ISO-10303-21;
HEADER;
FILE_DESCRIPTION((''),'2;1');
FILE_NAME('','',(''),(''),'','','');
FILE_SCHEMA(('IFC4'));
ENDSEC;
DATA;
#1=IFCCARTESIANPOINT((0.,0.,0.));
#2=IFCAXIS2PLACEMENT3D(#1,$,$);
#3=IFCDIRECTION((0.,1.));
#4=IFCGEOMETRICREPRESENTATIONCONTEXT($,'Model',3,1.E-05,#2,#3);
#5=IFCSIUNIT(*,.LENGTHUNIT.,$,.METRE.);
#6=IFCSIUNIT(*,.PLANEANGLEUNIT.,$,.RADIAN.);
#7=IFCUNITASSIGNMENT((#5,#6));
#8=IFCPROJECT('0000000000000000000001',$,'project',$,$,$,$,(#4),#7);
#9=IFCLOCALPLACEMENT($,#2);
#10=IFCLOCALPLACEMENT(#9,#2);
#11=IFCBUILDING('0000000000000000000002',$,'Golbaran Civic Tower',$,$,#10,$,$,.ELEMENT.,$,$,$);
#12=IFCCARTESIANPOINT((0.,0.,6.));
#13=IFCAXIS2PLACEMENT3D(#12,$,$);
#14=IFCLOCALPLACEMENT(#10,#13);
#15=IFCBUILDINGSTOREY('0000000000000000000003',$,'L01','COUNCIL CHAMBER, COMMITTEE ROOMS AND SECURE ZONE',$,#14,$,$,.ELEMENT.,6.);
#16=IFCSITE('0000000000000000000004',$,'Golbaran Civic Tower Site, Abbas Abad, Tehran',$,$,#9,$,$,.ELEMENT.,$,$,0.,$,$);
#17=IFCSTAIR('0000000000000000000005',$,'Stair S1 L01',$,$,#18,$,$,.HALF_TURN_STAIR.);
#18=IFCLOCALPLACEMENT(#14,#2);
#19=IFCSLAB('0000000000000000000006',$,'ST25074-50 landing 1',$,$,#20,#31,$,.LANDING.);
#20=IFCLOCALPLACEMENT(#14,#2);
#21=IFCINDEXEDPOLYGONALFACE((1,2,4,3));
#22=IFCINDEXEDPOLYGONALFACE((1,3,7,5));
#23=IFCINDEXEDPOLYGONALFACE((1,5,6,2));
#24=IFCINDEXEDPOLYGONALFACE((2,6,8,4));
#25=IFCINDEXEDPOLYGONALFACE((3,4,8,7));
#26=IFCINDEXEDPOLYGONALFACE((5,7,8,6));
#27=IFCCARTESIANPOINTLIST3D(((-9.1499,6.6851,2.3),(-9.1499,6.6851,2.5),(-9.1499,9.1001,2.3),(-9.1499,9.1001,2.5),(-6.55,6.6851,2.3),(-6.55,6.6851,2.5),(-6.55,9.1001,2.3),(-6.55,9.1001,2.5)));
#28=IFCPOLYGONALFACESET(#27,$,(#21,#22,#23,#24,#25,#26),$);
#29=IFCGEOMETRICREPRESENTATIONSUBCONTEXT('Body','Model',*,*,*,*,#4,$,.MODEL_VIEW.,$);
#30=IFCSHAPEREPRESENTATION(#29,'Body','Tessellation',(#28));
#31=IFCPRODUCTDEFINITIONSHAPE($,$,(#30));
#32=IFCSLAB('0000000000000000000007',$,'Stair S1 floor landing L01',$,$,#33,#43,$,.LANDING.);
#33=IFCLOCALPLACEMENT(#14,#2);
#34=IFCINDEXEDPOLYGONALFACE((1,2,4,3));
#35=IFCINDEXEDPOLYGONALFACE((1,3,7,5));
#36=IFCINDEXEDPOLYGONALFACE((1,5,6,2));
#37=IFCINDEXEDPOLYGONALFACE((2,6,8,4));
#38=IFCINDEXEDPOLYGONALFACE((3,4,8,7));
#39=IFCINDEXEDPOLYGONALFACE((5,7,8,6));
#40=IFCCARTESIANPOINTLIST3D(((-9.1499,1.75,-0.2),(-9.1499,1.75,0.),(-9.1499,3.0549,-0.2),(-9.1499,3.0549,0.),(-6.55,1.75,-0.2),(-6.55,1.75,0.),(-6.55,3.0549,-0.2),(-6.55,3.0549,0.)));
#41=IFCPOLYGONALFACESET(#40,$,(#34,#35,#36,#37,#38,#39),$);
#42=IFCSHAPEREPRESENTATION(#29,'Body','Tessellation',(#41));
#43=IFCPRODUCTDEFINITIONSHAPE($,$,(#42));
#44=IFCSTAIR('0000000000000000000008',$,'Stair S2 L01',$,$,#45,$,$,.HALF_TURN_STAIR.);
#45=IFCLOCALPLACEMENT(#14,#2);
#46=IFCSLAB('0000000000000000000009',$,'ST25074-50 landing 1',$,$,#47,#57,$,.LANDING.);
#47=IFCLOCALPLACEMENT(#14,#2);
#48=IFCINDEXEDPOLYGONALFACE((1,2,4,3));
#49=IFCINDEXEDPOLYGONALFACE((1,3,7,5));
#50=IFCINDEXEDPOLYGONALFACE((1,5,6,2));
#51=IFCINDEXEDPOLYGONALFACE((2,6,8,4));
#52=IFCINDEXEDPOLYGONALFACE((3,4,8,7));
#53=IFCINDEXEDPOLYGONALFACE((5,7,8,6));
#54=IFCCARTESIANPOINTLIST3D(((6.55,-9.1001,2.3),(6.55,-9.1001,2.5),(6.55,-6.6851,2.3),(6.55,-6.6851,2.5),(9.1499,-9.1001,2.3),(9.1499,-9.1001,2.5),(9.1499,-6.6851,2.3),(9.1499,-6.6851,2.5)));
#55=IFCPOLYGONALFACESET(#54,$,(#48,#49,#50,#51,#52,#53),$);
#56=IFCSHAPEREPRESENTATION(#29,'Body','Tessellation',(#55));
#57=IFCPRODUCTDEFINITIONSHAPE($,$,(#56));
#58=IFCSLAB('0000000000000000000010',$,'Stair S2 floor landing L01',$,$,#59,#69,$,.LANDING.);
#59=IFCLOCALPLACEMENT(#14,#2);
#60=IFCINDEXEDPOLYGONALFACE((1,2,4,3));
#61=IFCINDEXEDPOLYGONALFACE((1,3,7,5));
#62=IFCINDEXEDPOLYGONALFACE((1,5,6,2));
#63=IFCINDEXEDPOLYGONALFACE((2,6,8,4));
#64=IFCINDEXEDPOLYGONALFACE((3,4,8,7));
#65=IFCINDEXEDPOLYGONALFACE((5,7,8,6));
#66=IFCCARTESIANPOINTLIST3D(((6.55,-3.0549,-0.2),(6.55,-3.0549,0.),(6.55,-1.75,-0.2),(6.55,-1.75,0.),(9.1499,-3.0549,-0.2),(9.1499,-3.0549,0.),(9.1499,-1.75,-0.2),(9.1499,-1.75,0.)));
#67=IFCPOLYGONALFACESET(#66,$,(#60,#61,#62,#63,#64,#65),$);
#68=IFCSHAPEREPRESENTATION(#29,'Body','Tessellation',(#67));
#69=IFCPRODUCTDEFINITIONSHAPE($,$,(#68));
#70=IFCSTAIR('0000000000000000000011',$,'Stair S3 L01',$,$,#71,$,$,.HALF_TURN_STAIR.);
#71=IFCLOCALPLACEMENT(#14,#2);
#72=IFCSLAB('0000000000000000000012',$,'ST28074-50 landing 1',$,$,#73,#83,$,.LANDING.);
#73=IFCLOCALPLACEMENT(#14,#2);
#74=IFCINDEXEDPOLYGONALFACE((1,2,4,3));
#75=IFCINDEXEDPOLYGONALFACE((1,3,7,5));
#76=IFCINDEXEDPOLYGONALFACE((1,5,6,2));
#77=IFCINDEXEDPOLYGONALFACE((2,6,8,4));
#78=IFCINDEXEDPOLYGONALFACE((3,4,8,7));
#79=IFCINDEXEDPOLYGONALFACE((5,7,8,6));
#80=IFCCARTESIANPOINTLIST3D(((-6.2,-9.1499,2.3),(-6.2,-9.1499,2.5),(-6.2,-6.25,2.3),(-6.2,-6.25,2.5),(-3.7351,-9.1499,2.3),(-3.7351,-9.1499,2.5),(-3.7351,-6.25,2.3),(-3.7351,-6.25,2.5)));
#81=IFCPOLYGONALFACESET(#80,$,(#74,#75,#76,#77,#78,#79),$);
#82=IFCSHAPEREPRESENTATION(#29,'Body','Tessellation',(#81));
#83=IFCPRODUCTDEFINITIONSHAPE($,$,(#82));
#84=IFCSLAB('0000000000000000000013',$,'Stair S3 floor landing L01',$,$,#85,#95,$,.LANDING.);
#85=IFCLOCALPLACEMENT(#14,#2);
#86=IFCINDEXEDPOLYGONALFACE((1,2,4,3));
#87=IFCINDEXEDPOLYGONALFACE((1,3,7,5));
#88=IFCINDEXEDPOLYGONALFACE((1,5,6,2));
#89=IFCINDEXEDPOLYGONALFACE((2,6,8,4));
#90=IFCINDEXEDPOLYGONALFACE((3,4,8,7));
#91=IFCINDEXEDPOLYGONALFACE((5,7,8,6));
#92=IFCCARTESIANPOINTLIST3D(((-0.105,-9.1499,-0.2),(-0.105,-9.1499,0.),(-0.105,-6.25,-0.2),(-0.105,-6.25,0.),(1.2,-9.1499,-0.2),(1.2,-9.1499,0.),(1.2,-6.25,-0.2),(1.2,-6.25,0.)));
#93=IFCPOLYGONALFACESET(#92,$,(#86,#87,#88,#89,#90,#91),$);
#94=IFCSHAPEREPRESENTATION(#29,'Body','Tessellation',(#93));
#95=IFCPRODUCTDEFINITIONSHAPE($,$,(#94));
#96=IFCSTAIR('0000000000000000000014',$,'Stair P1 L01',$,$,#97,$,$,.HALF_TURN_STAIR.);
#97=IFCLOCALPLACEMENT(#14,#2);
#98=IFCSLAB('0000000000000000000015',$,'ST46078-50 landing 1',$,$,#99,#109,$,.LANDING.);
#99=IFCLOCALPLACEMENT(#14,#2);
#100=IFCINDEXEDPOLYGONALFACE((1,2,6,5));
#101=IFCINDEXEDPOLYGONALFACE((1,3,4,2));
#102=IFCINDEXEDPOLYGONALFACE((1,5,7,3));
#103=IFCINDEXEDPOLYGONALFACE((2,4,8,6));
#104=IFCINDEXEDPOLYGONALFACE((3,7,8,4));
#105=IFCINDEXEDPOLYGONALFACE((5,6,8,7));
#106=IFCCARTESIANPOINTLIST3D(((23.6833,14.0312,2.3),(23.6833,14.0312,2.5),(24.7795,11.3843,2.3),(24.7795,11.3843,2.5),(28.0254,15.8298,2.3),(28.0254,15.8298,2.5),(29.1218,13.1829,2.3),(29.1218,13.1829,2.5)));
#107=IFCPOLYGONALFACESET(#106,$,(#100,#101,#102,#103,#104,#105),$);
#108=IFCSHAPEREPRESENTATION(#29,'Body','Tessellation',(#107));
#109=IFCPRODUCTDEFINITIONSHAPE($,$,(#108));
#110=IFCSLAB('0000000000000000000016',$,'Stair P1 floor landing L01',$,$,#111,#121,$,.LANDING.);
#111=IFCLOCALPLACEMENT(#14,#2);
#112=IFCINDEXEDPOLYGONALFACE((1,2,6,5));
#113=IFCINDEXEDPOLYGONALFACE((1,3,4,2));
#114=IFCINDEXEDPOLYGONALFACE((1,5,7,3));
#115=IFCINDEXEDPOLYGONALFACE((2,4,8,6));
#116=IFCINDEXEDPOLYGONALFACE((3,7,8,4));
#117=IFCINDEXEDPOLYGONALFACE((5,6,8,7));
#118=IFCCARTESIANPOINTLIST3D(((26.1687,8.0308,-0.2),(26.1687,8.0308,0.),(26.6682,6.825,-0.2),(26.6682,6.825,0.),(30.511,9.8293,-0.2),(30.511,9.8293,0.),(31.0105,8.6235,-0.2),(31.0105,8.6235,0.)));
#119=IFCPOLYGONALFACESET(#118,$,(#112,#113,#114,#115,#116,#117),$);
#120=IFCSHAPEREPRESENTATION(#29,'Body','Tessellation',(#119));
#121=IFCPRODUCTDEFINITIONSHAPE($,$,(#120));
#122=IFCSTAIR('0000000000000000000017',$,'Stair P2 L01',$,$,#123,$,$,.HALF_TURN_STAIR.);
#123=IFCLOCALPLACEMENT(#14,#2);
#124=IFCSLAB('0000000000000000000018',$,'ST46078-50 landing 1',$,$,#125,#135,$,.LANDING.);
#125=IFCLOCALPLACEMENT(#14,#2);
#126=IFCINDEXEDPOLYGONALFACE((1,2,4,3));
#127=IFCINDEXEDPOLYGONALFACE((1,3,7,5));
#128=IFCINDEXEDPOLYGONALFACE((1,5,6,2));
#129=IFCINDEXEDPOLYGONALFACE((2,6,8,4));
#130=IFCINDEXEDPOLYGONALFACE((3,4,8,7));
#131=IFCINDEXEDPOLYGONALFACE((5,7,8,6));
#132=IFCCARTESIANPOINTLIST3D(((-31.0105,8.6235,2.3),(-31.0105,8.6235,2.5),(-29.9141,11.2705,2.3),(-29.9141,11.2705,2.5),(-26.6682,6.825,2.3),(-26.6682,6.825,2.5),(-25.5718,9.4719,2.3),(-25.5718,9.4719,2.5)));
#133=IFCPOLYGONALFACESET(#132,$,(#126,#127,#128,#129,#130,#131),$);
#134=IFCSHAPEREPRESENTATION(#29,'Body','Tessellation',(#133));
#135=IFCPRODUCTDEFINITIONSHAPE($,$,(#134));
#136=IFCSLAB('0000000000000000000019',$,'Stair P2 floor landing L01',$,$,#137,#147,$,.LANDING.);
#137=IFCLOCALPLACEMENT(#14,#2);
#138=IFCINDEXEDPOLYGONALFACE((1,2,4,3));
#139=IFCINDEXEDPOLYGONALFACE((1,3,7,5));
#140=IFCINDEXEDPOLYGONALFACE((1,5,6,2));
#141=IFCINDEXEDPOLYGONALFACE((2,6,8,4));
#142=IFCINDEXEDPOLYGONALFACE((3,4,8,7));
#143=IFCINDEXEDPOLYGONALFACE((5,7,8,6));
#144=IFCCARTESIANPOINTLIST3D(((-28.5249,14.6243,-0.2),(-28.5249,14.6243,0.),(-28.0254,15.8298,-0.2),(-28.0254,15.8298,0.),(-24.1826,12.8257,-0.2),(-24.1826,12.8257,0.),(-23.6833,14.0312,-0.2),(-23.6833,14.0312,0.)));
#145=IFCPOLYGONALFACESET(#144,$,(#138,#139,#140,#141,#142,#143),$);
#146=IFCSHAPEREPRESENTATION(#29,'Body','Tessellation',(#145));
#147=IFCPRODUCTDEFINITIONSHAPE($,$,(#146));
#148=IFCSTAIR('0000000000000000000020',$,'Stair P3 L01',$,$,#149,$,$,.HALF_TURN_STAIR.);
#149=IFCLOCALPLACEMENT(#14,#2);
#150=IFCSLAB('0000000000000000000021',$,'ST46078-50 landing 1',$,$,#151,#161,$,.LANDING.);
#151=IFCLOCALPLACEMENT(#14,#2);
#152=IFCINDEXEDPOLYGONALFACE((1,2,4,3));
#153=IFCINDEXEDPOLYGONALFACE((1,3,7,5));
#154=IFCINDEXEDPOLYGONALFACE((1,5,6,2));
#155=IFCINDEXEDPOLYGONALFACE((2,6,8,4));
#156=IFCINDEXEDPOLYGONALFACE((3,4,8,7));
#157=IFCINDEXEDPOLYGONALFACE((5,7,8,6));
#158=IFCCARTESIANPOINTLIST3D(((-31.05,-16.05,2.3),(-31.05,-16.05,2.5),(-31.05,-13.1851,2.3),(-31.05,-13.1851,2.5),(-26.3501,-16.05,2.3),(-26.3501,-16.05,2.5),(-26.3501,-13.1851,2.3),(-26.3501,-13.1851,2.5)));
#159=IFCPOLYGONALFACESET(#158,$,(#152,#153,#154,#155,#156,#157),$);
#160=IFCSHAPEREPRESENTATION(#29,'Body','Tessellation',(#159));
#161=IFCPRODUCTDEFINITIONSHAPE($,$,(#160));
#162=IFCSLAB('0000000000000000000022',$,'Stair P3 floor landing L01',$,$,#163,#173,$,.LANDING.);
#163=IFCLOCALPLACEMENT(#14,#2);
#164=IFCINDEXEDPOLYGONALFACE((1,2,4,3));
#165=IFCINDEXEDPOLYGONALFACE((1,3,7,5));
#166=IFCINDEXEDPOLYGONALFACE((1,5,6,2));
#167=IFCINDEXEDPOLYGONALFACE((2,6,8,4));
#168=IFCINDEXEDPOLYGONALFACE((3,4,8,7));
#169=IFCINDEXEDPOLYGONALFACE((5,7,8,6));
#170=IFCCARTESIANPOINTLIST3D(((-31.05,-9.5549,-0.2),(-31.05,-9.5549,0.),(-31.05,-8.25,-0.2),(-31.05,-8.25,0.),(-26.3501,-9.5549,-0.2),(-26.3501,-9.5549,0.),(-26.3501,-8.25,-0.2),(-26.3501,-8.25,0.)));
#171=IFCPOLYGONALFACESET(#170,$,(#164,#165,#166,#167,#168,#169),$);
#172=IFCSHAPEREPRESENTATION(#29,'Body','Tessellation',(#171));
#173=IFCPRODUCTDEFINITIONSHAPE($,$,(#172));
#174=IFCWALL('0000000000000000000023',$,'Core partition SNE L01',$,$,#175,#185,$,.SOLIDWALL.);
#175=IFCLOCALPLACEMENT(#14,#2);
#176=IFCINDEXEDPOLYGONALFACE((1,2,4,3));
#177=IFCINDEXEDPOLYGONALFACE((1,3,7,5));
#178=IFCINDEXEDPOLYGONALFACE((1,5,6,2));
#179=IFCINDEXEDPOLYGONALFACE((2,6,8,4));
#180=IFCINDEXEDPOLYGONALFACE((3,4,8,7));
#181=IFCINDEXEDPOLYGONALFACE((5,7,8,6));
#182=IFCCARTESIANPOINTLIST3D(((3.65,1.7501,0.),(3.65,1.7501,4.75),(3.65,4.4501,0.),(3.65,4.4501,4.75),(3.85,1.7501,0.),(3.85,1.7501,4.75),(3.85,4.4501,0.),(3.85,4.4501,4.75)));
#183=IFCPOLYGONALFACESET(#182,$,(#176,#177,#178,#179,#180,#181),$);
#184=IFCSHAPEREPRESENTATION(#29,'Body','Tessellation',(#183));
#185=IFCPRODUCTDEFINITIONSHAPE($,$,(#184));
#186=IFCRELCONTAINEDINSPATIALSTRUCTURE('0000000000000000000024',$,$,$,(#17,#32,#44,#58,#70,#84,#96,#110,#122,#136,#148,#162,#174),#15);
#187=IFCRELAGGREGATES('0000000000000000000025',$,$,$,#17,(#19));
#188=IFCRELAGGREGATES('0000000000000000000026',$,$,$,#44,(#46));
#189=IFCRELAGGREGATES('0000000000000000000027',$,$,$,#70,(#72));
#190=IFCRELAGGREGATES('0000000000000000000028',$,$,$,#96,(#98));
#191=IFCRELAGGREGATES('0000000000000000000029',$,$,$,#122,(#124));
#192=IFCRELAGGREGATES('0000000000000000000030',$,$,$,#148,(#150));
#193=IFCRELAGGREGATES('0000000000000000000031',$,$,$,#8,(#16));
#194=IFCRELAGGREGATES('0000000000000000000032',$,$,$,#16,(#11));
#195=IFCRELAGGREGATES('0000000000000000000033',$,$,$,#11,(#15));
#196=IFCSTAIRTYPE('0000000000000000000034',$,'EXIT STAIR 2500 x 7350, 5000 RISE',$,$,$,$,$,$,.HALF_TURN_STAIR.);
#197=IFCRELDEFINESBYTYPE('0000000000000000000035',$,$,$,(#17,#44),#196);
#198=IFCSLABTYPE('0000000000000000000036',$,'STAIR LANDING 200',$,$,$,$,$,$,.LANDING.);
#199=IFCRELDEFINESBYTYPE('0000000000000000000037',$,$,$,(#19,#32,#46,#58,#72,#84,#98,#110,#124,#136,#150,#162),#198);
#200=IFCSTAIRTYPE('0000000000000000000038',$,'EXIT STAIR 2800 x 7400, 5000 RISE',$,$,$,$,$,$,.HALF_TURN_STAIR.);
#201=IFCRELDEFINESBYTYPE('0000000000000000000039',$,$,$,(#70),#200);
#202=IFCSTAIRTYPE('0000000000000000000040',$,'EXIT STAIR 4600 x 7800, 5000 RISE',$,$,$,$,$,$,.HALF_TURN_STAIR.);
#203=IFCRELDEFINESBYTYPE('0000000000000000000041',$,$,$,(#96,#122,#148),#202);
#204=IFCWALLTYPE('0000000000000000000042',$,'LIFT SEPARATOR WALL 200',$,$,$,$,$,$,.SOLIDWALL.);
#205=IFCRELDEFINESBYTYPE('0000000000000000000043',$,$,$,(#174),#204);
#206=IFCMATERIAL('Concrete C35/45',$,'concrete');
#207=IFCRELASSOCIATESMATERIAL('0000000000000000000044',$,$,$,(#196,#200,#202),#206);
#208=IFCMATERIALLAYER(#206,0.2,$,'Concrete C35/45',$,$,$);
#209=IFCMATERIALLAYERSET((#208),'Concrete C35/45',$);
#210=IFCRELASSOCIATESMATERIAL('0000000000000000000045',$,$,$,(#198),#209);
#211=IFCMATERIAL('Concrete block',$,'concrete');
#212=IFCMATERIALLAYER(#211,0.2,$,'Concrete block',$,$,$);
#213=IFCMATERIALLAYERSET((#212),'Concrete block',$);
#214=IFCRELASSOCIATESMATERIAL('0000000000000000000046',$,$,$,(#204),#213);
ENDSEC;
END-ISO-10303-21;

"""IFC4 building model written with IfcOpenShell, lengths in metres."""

from ifc_helpers import new_model, si_unit, direction, frame, frame_2d, origin, place, context, subcontext, project, spatial, polyline, rectangle, outline, extrude, material, layer, layer_set, type_object, element, aggregate, save


model = new_model("IFC4")

# Units and contexts
model_context = context("Model", 3, precision=1e-05, world=origin(), true_north=direction((0.0, 1.0)))
body_context = subcontext(model_context, "Body", "Model", "MODEL_VIEW")
ifc_project = project(units=[si_unit("LENGTHUNIT", "METRE"), si_unit("PLANEANGLEUNIT", "RADIAN")], contexts=[model_context])

# Site, building, storey
site_placement = place(None, origin())
site = spatial("IfcSite", under=ifc_project, at=site_placement, Name="Golbaran Civic Tower Site, Abbas Abad, Tehran", CompositionType="ELEMENT", RefElevation=0.0)
building_placement = place(site_placement, origin())
building = spatial("IfcBuilding", under=site, at=building_placement, Name="Golbaran Civic Tower", CompositionType="ELEMENT")
storey_placement = place(building_placement, frame((0.0, 0.0, 6.0)))
storey = spatial("IfcBuildingStorey", under=building, at=storey_placement, Name="L01", Description="COUNCIL CHAMBER, COMMITTEE ROOMS AND SECURE ZONE", CompositionType="ELEMENT", Elevation=6.0)

# Stair, slab
ifc_material_1 = material(Name="Concrete C35/45", Category="concrete")
stair_type_1 = type_object("IfcStairType", Name="EXIT STAIR 2500 x 7350, 5000 RISE", PredefinedType="HALF_TURN_STAIR", material=ifc_material_1)
stair_1_placement = place(storey_placement, origin())
stair_1 = element("IfcStair", 1, at=stair_1_placement, inside=storey, type_object=stair_type_1, Name="Stair S1 L01", PredefinedType="HALF_TURN_STAIR")
ifc_layer_1 = layer(ifc_material_1, 0.2, Name="Concrete C35/45")
ifc_layer_set_1 = layer_set([ifc_layer_1], Name="Concrete C35/45")
slab_type = type_object("IfcSlabType", Name="STAIR LANDING 200", PredefinedType="LANDING", material=ifc_layer_set_1)
slab_1_placement = place(storey_placement, frame((0.0, 0.0, 2.3)))
slab_1 = element("IfcSlab", 2, at=slab_1_placement, type_object=slab_type, Name="ST25074-50 landing 1", PredefinedType="LANDING", context=body_context, shape_type="SweptSolid", body=[
    extrude(outline(polyline([(-9.1499, 6.6851), (-9.1499, 9.1001), (-6.55, 9.1001), (-6.55, 6.6851), (-9.1499, 6.6851)])), origin(), (0.0, 0.0, 1.0), 0.2),
])
aggregate(stair_1, [slab_1])

# Slab
slab_2_placement = place(storey_placement, frame((0.0, 0.0, -0.2)))
element("IfcSlab", 3, at=slab_2_placement, inside=storey, type_object=slab_type, Name="Stair S1 floor landing L01", PredefinedType="LANDING", context=body_context, shape_type="SweptSolid", body=[
    extrude(outline(polyline([(-9.1499, 1.75), (-9.1499, 3.0549), (-6.55, 3.0549), (-6.55, 1.75), (-9.1499, 1.75)])), origin(), (0.0, 0.0, 1.0), 0.2),
])

# Stair, slab
stair_2_placement = place(storey_placement, origin())
stair_2 = element("IfcStair", 4, at=stair_2_placement, inside=storey, type_object=stair_type_1, Name="Stair S2 L01", PredefinedType="HALF_TURN_STAIR")
slab_3_placement = place(storey_placement, frame((0.0, 0.0, 2.3)))
slab_3 = element("IfcSlab", 5, at=slab_3_placement, type_object=slab_type, Name="ST25074-50 landing 1", PredefinedType="LANDING", context=body_context, shape_type="SweptSolid", body=[
    extrude(outline(polyline([(9.1499, -6.6851), (9.1499, -9.1001), (6.55, -9.1001), (6.55, -6.6851), (9.1499, -6.6851)])), origin(), (0.0, 0.0, 1.0), 0.2),
])
aggregate(stair_2, [slab_3])

# Slab
slab_4_placement = place(storey_placement, frame((0.0, 0.0, -0.2)))
element("IfcSlab", 6, at=slab_4_placement, inside=storey, type_object=slab_type, Name="Stair S2 floor landing L01", PredefinedType="LANDING", context=body_context, shape_type="SweptSolid", body=[
    extrude(outline(polyline([(9.1499, -1.75), (9.1499, -3.0549), (6.55, -3.0549), (6.55, -1.75), (9.1499, -1.75)])), origin(), (0.0, 0.0, 1.0), 0.2),
])

# Stair, slab
stair_type_2 = type_object("IfcStairType", Name="EXIT STAIR 2800 x 7400, 5000 RISE", PredefinedType="HALF_TURN_STAIR", material=ifc_material_1)
stair_3_placement = place(storey_placement, origin())
stair_3 = element("IfcStair", 7, at=stair_3_placement, inside=storey, type_object=stair_type_2, Name="Stair S3 L01", PredefinedType="HALF_TURN_STAIR")
slab_5_placement = place(storey_placement, frame((0.0, 0.0, 2.3)))
slab_5 = element("IfcSlab", 8, at=slab_5_placement, type_object=slab_type, Name="ST28074-50 landing 1", PredefinedType="LANDING", context=body_context, shape_type="SweptSolid", body=[
    extrude(outline(polyline([(-3.7351, -9.1499), (-6.2, -9.1499), (-6.2, -6.25), (-3.7351, -6.25), (-3.7351, -9.1499)])), origin(), (0.0, 0.0, 1.0), 0.2),
])
aggregate(stair_3, [slab_5])

# Slab
slab_6_placement = place(storey_placement, frame((0.0, 0.0, -0.2)))
element("IfcSlab", 9, at=slab_6_placement, inside=storey, type_object=slab_type, Name="Stair S3 floor landing L01", PredefinedType="LANDING", context=body_context, shape_type="SweptSolid", body=[
    extrude(outline(polyline([(1.2, -9.1499), (-0.105, -9.1499), (-0.105, -6.25), (1.2, -6.25), (1.2, -9.1499)])), origin(), (0.0, 0.0, 1.0), 0.2),
])

# Stair, slab
stair_type_3 = type_object("IfcStairType", Name="EXIT STAIR 4600 x 7800, 5000 RISE", PredefinedType="HALF_TURN_STAIR", material=ifc_material_1)
stair_4_placement = place(storey_placement, origin())
stair_4 = element("IfcStair", 10, at=stair_4_placement, inside=storey, type_object=stair_type_3, Name="Stair P1 L01", PredefinedType="HALF_TURN_STAIR")
slab_7_placement = place(storey_placement, frame((0.0, 0.0, 2.3)))
slab_7 = element("IfcSlab", 11, at=slab_7_placement, type_object=slab_type, Name="ST46078-50 landing 1", PredefinedType="LANDING", context=body_context, shape_type="SweptSolid", body=[
    extrude(outline(polyline([(24.7795, 11.3843), (23.6833, 14.0312), (28.0254, 15.8298), (29.1218, 13.1829), (24.7795, 11.3843)])), origin(), (0.0, 0.0, 1.0), 0.2),
])
aggregate(stair_4, [slab_7])

# Slab
slab_8_placement = place(storey_placement, frame((0.0, 0.0, -0.2)))
element("IfcSlab", 12, at=slab_8_placement, inside=storey, type_object=slab_type, Name="Stair P1 floor landing L01", PredefinedType="LANDING", context=body_context, shape_type="SweptSolid", body=[
    extrude(outline(polyline([(26.6682, 6.825), (26.1687, 8.0308), (30.511, 9.8293), (31.0105, 8.6235), (26.6682, 6.825)])), origin(), (0.0, 0.0, 1.0), 0.2),
])

# Stair, slab
stair_5_placement = place(storey_placement, origin())
stair_5 = element("IfcStair", 13, at=stair_5_placement, inside=storey, type_object=stair_type_3, Name="Stair P2 L01", PredefinedType="HALF_TURN_STAIR")
slab_9_placement = place(storey_placement, frame((0.0, 0.0, 2.3)))
slab_9 = element("IfcSlab", 14, at=slab_9_placement, type_object=slab_type, Name="ST46078-50 landing 1", PredefinedType="LANDING", context=body_context, shape_type="SweptSolid", body=[
    extrude(outline(polyline([(-25.5718, 9.4719), (-26.6682, 6.825), (-31.0105, 8.6235), (-29.9141, 11.2705), (-25.5718, 9.4719)])), origin(), (0.0, 0.0, 1.0), 0.2),
])
aggregate(stair_5, [slab_9])

# Slab
slab_10_placement = place(storey_placement, frame((0.0, 0.0, -0.2)))
element("IfcSlab", 15, at=slab_10_placement, inside=storey, type_object=slab_type, Name="Stair P2 floor landing L01", PredefinedType="LANDING", context=body_context, shape_type="SweptSolid", body=[
    extrude(outline(polyline([(-23.6833, 14.0312), (-24.1826, 12.8257), (-28.5249, 14.6243), (-28.0254, 15.8298), (-23.6833, 14.0312)])), origin(), (0.0, 0.0, 1.0), 0.2),
])

# Stair, slab
stair_6_placement = place(storey_placement, origin())
stair_6 = element("IfcStair", 16, at=stair_6_placement, inside=storey, type_object=stair_type_3, Name="Stair P3 L01", PredefinedType="HALF_TURN_STAIR")
slab_11_placement = place(storey_placement, frame((0.0, 0.0, 2.3)))
slab_11 = element("IfcSlab", 17, at=slab_11_placement, type_object=slab_type, Name="ST46078-50 landing 1", PredefinedType="LANDING", context=body_context, shape_type="SweptSolid", body=[
    extrude(outline(polyline([(-26.3501, -13.1851), (-26.3501, -16.05), (-31.05, -16.05), (-31.05, -13.1851), (-26.3501, -13.1851)])), origin(), (0.0, 0.0, 1.0), 0.2),
])
aggregate(stair_6, [slab_11])

# Slab
slab_12_placement = place(storey_placement, frame((0.0, 0.0, -0.2)))
element("IfcSlab", 18, at=slab_12_placement, inside=storey, type_object=slab_type, Name="Stair P3 floor landing L01", PredefinedType="LANDING", context=body_context, shape_type="SweptSolid", body=[
    extrude(outline(polyline([(-26.3501, -8.25), (-26.3501, -9.5549), (-31.05, -9.5549), (-31.05, -8.25), (-26.3501, -8.25)])), origin(), (0.0, 0.0, 1.0), 0.2),
])

# Wall
ifc_material_2 = material(Name="Concrete block", Category="concrete")
ifc_layer_2 = layer(ifc_material_2, 0.2, Name="Concrete block")
ifc_layer_set_2 = layer_set([ifc_layer_2], Name="Concrete block")
wall_type_1 = type_object("IfcWallType", Name="LIFT SEPARATOR WALL 200", PredefinedType="SOLIDWALL", material=ifc_layer_set_2)
wall_1_placement = place(storey_placement, frame((3.75, 1.75, 0.0), z_axis=(0.0, 0.0, 1.0), x_axis=(0.0, 1.0, 0.0)))
element("IfcWall", 19, at=wall_1_placement, inside=storey, type_object=wall_type_1, Name="Core partition SNE L01", PredefinedType="SOLIDWALL", context=body_context, shape_type="SweptSolid", body=[
    extrude(rectangle(XDim=2.7, YDim=0.2, at=frame_2d((1.3501, 0.0))), origin(), (0.0, 0.0, 1.0), 4.75),
])

save(model, "model.ifc")
